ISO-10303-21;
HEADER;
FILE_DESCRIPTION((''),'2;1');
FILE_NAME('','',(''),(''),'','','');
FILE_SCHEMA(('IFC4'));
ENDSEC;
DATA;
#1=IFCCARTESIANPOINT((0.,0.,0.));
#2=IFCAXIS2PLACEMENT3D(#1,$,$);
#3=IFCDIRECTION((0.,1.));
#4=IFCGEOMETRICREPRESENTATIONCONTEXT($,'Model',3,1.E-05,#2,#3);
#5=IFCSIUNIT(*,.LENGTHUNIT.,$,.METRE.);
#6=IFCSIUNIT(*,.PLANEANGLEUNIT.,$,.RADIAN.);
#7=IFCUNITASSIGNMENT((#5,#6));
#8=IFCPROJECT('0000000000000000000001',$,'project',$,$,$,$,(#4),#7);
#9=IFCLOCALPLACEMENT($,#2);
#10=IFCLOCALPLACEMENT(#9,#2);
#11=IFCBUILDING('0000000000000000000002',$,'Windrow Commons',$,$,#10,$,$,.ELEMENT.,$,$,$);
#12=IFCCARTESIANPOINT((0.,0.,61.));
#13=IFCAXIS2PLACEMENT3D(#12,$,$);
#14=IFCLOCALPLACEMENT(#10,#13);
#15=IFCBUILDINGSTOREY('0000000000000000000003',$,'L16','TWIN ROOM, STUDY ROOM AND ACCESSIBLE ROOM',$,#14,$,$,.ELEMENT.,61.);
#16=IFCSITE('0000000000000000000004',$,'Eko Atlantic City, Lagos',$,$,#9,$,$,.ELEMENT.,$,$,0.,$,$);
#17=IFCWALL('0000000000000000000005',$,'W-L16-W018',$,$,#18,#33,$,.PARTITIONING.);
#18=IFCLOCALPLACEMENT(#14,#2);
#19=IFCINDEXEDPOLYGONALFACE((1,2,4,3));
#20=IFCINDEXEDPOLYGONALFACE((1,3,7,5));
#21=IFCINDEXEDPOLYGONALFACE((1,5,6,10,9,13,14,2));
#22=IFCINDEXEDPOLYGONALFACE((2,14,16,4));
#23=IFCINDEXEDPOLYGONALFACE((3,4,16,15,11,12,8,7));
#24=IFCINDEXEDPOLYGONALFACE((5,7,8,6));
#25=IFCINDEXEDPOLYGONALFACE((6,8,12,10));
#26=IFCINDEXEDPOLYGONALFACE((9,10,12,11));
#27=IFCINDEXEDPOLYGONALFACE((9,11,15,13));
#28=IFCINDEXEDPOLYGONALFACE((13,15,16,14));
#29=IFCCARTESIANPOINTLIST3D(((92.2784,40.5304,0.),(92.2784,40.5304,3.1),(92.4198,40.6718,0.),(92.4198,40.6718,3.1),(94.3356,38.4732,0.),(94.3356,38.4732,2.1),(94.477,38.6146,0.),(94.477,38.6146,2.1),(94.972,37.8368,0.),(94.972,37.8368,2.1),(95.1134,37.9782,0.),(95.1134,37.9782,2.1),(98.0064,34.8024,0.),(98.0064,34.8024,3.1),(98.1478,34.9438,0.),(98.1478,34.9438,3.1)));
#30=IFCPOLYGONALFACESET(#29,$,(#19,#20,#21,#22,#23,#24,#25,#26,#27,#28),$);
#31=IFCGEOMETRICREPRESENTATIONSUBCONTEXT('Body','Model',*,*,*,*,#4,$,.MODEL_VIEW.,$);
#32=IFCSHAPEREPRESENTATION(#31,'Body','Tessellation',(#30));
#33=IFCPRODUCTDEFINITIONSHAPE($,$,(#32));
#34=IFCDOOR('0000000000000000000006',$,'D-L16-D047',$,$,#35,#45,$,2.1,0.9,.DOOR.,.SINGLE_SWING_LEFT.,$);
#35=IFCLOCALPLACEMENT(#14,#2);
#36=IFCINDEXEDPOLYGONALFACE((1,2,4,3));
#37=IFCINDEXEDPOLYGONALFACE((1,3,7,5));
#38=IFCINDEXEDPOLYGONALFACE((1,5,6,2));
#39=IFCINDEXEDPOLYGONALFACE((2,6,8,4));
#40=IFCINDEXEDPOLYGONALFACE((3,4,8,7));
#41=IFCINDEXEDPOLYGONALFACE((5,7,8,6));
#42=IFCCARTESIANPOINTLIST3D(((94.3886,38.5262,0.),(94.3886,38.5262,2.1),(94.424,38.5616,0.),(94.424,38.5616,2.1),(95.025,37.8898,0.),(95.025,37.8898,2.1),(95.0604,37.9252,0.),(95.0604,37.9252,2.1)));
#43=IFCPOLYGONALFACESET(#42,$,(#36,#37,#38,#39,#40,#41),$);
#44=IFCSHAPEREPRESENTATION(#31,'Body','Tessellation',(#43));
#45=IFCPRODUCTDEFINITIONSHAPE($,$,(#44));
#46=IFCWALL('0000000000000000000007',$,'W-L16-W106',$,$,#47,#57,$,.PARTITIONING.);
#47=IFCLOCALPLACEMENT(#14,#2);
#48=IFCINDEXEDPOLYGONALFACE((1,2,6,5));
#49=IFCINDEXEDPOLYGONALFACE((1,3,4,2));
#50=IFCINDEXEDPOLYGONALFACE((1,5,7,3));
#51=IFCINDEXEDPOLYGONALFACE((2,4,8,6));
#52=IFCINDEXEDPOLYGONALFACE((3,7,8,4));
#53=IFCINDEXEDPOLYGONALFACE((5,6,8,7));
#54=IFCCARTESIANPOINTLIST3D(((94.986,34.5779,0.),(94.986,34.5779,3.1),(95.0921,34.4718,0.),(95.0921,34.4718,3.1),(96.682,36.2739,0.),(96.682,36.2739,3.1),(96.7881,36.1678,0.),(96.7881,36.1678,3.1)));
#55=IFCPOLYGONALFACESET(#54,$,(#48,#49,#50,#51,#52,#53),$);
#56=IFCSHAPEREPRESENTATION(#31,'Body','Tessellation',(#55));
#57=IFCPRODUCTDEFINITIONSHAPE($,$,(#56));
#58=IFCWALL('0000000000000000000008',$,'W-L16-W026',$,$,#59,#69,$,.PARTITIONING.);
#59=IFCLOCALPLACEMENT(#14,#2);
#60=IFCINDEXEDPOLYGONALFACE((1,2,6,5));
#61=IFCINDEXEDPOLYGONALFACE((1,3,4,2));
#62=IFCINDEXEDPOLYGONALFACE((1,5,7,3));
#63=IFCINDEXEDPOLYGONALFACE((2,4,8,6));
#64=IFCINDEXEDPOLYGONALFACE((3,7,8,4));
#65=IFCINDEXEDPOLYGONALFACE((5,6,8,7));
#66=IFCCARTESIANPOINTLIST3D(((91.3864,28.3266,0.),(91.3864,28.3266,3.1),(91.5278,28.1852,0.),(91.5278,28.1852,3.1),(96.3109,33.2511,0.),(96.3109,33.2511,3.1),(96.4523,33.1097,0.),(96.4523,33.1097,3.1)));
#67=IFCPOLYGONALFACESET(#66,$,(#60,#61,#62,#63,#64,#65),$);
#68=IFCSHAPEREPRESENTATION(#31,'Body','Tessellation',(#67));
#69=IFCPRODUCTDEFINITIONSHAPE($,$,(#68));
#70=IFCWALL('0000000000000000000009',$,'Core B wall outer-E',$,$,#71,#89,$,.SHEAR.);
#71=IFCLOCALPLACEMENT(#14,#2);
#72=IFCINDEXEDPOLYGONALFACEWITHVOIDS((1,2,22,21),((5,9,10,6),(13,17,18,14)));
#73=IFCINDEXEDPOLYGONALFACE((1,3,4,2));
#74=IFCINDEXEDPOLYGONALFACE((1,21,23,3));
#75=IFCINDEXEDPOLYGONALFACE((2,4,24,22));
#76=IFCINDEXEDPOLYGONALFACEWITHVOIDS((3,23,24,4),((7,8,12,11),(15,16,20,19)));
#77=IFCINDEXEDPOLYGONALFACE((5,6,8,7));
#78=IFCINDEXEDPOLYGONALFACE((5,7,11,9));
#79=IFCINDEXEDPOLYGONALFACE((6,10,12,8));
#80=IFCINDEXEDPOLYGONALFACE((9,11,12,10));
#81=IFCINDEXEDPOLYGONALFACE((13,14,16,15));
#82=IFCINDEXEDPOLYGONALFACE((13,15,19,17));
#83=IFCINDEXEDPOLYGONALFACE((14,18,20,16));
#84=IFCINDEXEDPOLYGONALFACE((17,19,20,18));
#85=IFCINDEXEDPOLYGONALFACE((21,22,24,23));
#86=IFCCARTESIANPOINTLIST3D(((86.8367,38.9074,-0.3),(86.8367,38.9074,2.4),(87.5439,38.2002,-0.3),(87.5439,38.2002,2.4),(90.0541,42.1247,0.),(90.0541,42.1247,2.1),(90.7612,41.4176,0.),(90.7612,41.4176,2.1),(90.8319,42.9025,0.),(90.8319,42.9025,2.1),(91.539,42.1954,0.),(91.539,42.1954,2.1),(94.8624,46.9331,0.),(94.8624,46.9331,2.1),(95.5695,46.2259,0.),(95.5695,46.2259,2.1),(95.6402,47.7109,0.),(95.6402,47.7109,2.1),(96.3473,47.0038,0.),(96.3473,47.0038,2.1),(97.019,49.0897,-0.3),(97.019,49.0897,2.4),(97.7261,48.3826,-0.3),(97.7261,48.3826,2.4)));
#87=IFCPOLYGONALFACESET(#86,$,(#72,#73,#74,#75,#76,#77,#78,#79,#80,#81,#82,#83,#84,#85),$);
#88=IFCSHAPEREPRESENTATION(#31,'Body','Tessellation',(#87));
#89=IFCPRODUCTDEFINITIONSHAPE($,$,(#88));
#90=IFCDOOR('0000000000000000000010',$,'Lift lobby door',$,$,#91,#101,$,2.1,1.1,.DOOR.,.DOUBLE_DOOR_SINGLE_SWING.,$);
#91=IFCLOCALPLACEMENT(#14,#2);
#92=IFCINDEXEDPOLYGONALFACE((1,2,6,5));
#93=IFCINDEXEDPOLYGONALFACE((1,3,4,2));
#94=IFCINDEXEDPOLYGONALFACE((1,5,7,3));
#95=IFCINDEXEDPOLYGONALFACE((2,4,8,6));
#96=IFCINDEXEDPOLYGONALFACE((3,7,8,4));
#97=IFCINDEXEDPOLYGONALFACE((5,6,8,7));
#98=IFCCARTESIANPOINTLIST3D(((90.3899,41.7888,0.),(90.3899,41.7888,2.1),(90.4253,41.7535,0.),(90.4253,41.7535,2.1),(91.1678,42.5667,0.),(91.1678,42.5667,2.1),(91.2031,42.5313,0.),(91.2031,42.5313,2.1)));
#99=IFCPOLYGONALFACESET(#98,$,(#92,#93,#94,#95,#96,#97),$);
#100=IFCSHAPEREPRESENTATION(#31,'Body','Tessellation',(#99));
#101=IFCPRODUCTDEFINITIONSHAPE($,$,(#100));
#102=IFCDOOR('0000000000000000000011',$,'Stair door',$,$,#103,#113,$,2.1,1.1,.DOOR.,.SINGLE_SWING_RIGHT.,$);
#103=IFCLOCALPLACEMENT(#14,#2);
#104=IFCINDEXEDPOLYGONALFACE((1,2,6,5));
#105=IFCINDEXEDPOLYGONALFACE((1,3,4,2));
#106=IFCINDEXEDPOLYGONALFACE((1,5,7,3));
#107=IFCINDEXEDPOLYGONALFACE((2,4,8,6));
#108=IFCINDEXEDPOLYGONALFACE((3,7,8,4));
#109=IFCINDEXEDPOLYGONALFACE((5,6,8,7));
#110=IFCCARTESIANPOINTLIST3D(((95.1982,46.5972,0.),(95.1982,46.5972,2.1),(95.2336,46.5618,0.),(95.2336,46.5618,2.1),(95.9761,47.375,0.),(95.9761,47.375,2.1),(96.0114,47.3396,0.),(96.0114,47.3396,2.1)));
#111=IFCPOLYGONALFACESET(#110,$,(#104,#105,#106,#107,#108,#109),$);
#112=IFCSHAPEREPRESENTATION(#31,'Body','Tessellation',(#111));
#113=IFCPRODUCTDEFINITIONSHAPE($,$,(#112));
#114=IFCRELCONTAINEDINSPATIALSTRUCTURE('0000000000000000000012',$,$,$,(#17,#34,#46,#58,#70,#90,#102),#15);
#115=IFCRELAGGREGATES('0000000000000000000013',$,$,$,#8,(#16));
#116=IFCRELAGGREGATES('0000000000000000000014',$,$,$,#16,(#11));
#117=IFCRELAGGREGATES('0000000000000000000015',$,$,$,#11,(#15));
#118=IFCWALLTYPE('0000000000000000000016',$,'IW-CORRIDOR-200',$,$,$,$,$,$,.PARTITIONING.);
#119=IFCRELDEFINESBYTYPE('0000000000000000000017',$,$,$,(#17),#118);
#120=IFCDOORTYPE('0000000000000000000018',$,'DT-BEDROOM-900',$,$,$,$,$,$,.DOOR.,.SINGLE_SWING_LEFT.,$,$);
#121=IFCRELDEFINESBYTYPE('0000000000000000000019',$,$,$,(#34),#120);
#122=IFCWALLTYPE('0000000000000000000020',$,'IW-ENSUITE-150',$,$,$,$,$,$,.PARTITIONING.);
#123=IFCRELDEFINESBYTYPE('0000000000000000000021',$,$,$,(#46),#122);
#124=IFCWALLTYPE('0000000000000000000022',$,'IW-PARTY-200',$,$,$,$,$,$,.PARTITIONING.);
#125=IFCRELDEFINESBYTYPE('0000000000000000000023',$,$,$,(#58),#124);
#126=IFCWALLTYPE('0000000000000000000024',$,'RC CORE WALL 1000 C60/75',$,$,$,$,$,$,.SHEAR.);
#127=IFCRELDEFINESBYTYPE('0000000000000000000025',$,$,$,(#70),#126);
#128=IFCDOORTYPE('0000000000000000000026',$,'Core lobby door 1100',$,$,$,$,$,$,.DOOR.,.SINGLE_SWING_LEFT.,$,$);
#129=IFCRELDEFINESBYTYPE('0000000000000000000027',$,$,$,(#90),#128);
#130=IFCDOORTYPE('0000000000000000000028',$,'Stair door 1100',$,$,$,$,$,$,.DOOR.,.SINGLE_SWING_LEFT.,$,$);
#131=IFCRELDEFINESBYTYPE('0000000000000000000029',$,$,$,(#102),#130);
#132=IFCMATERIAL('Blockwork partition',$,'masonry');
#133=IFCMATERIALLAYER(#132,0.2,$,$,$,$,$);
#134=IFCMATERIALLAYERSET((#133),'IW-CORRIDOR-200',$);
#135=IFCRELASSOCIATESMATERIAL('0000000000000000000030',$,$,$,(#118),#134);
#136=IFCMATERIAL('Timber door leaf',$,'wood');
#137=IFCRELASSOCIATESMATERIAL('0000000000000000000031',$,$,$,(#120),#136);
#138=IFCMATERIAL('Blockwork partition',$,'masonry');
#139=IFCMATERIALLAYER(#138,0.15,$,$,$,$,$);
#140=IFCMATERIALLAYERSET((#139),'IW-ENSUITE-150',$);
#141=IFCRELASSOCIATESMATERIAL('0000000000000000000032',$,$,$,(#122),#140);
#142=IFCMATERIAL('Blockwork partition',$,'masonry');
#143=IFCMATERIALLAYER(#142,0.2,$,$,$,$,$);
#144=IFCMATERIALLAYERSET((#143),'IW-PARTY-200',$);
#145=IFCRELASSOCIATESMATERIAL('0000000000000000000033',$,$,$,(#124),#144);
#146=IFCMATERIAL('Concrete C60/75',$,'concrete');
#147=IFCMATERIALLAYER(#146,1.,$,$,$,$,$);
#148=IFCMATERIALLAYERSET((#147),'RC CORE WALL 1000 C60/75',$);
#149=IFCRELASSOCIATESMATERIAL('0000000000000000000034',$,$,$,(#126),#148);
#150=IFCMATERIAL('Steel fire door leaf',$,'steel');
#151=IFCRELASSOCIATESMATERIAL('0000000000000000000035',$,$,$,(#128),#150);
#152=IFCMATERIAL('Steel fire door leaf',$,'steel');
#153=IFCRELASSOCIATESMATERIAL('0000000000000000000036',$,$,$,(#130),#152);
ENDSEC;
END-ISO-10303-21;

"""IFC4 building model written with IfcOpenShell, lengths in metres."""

from ifc_helpers import new_model, si_unit, direction, frame, frame_2d, origin, place, context, subcontext, project, spatial, rectangle, extrude, material, layer, layer_set, type_object, element, fill, save


model = new_model("IFC4")

# Units and contexts
model_context = context("Model", 3, precision=1e-05, world=origin(), true_north=direction((0.0, 1.0)))
body_context = subcontext(model_context, "Body", "Model", "MODEL_VIEW")
ifc_project = project(units=[si_unit("LENGTHUNIT", "METRE"), si_unit("PLANEANGLEUNIT", "RADIAN")], contexts=[model_context])

# Site, building, storey
site_placement = place(None, origin())
site = spatial("IfcSite", under=ifc_project, at=site_placement, Name="Eko Atlantic City, Lagos", CompositionType="ELEMENT", RefElevation=0.0)
building_placement = place(site_placement, origin())
building = spatial("IfcBuilding", under=site, at=building_placement, Name="Windrow Commons", CompositionType="ELEMENT")
storey_placement = place(building_placement, frame((0.0, 0.0, 61.0)))
storey = spatial("IfcBuildingStorey", under=building, at=storey_placement, Name="L16", Description="TWIN ROOM, STUDY ROOM AND ACCESSIBLE ROOM", CompositionType="ELEMENT", Elevation=61.0)

# Wall, opening, door
ifc_material_1 = material(Name="Blockwork partition", Category="masonry")
ifc_layer_1 = layer(ifc_material_1, 0.2)
ifc_layer_set_1 = layer_set([ifc_layer_1], Name="IW-CORRIDOR-200")
wall_type_1 = type_object("IfcWallType", Name="IW-CORRIDOR-200", PredefinedType="PARTITIONING", material=ifc_layer_set_1)
wall_1_placement = place(storey_placement, frame((92.3491, 40.6011, 0.0), z_axis=(0.0, 0.0, 1.0), x_axis=(0.707107, -0.707107, 0.0)))
wall_1 = element("IfcWall", 1, at=wall_1_placement, inside=storey, type_object=wall_type_1, Name="W-L16-W018", PredefinedType="PARTITIONING", context=body_context, shape_type="SweptSolid", body=[
    extrude(rectangle(XDim=8.1006, YDim=0.2, at=frame_2d((4.0503, 0.0))), origin(), (0.0, 0.0, 1.0), 3.1),
])
opening_1_placement = place(wall_1_placement, frame((2.9093, 0.0, 0.0)))
opening_1 = element("IfcOpeningElement", 2, at=opening_1_placement, cuts=wall_1, PredefinedType="OPENING", context=body_context, shape_type="SweptSolid", body=[
    extrude(rectangle(XDim=0.9, YDim=2.1, at=frame_2d((0.45, 1.05))), frame((0.0, 0.11, 0.0), z_axis=(0.0, -1.0, 0.0), x_axis=(1.0, 0.0, 0.0)), (0.0, 0.0, 1.0), 0.22),
])
ifc_material_2 = material(Name="Timber door leaf", Category="wood")
door_type_1 = type_object("IfcDoorType", Name="DT-BEDROOM-900", OperationType="SINGLE_SWING_LEFT", PredefinedType="DOOR", material=ifc_material_2)
door_1_placement = place(opening_1_placement, origin())
door_1 = element("IfcDoor", 3, at=door_1_placement, inside=storey, type_object=door_type_1, Name="D-L16-D047", OperationType="SINGLE_SWING_LEFT", OverallHeight=2.1, OverallWidth=0.9, PredefinedType="DOOR", context=body_context, shape_type="SweptSolid", body=[
    extrude(rectangle(XDim=0.9, YDim=2.1, at=frame_2d((0.45, 1.05))), frame((0.0, 0.025, 0.0), z_axis=(0.0, -1.0, 0.0), x_axis=(1.0, 0.0, 0.0)), (0.0, 0.0, 1.0), 0.05),
])
fill(opening_1, door_1)

# Walls
ifc_material_3 = material(Name="Blockwork partition", Category="masonry")
ifc_layer_2 = layer(ifc_material_3, 0.15)
ifc_layer_set_2 = layer_set([ifc_layer_2], Name="IW-ENSUITE-150")
wall_type_2 = type_object("IfcWallType", Name="IW-ENSUITE-150", PredefinedType="PARTITIONING", material=ifc_layer_set_2)
wall_2_placement = place(storey_placement, frame((95.0391, 34.5249, 0.0), z_axis=(0.0, 0.0, 1.0), x_axis=(0.707107, 0.707107, 0.0)))
element("IfcWall", 4, at=wall_2_placement, inside=storey, type_object=wall_type_2, Name="W-L16-W106", PredefinedType="PARTITIONING", context=body_context, shape_type="SweptSolid", body=[
    extrude(rectangle(XDim=2.3985, YDim=0.15, at=frame_2d((1.1992, 0.0))), origin(), (0.0, 0.0, 1.0), 3.1),
])
ifc_material_4 = material(Name="Blockwork partition", Category="masonry")
ifc_layer_3 = layer(ifc_material_4, 0.2)
ifc_layer_set_3 = layer_set([ifc_layer_3], Name="IW-PARTY-200")
wall_type_3 = type_object("IfcWallType", Name="IW-PARTY-200", PredefinedType="PARTITIONING", material=ifc_layer_set_3)
wall_3_placement = place(storey_placement, frame((91.4571, 28.2559, 0.0), z_axis=(0.0, 0.0, 1.0), x_axis=(0.707107, 0.707107, 0.0)))
element("IfcWall", 5, at=wall_3_placement, inside=storey, type_object=wall_type_3, Name="W-L16-W026", PredefinedType="PARTITIONING", context=body_context, shape_type="SweptSolid", body=[
    extrude(rectangle(XDim=6.9643, YDim=0.2, at=frame_2d((3.4821, 0.0))), origin(), (0.0, 0.0, 1.0), 3.1),
])

# Wall, openings, doors
ifc_material_5 = material(Name="Concrete C60/75", Category="concrete")
ifc_layer_4 = layer(ifc_material_5, 1.0)
ifc_layer_set_4 = layer_set([ifc_layer_4], Name="RC CORE WALL 1000 C60/75")
wall_type_4 = type_object("IfcWallType", Name="RC CORE WALL 1000 C60/75", PredefinedType="SHEAR", material=ifc_layer_set_4)
wall_4_placement = place(storey_placement, frame((87.1903, 38.5538, -0.3), z_axis=(0.0, 0.0, 1.0), x_axis=(0.707103, 0.70711, 0.0)))
wall_4 = element("IfcWall", 6, at=wall_4_placement, inside=storey, type_object=wall_type_4, Name="Core B wall outer-E", PredefinedType="SHEAR", context=body_context, shape_type="SweptSolid", body=[
    extrude(rectangle(XDim=14.4, YDim=1.0, at=frame_2d((7.2, 0.0))), origin(), (0.0, 0.0, 1.0), 2.7),
])
opening_2_placement = place(wall_4_placement, frame((4.55, 0.0, 0.3)))
opening_2 = element("IfcOpeningElement", 7, at=opening_2_placement, cuts=wall_4, PredefinedType="OPENING", context=body_context, shape_type="SweptSolid", body=[
    extrude(rectangle(XDim=1.1, YDim=2.1, at=frame_2d((0.55, 1.05))), frame((0.0, 0.51, 0.0), z_axis=(0.0, -1.0, 0.0), x_axis=(1.0, 0.0, 0.0)), (0.0, 0.0, 1.0), 1.02),
])
opening_3_placement = place(wall_4_placement, frame((11.35, 0.0, 0.3)))
opening_3 = element("IfcOpeningElement", 8, at=opening_3_placement, cuts=wall_4, PredefinedType="OPENING", context=body_context, shape_type="SweptSolid", body=[
    extrude(rectangle(XDim=1.1, YDim=2.1, at=frame_2d((0.55, 1.05))), frame((0.0, 0.51, 0.0), z_axis=(0.0, -1.0, 0.0), x_axis=(1.0, 0.0, 0.0)), (0.0, 0.0, 1.0), 1.02),
])
ifc_material_6 = material(Name="Steel fire door leaf", Category="steel")
door_type_2 = type_object("IfcDoorType", Name="Core lobby door 1100", OperationType="SINGLE_SWING_LEFT", PredefinedType="DOOR", material=ifc_material_6)
door_2_placement = place(opening_2_placement, origin())
door_2 = element("IfcDoor", 9, at=door_2_placement, inside=storey, type_object=door_type_2, Name="Lift lobby door", OperationType="DOUBLE_DOOR_SINGLE_SWING", OverallHeight=2.1, OverallWidth=1.1, PredefinedType="DOOR", context=body_context, shape_type="SweptSolid", body=[
    extrude(rectangle(XDim=1.1, YDim=2.1, at=frame_2d((0.55, 1.05))), frame((0.0, 0.025, 0.0), z_axis=(0.0, -1.0, 0.0), x_axis=(1.0, 0.0, 0.0)), (0.0, 0.0, 1.0), 0.05),
])
fill(opening_2, door_2)
ifc_material_7 = material(Name="Steel fire door leaf", Category="steel")
door_type_3 = type_object("IfcDoorType", Name="Stair door 1100", OperationType="SINGLE_SWING_LEFT", PredefinedType="DOOR", material=ifc_material_7)
door_3_placement = place(opening_3_placement, origin())
door_3 = element("IfcDoor", 10, at=door_3_placement, inside=storey, type_object=door_type_3, Name="Stair door", OperationType="SINGLE_SWING_RIGHT", OverallHeight=2.1, OverallWidth=1.1, PredefinedType="DOOR", context=body_context, shape_type="SweptSolid", body=[
    extrude(rectangle(XDim=1.1, YDim=2.1, at=frame_2d((0.55, 1.05))), frame((0.0, 0.025, 0.0), z_axis=(0.0, -1.0, 0.0), x_axis=(1.0, 0.0, 0.0)), (0.0, 0.0, 1.0), 0.05),
])
fill(opening_3, door_3)

save(model, "model.ifc")
